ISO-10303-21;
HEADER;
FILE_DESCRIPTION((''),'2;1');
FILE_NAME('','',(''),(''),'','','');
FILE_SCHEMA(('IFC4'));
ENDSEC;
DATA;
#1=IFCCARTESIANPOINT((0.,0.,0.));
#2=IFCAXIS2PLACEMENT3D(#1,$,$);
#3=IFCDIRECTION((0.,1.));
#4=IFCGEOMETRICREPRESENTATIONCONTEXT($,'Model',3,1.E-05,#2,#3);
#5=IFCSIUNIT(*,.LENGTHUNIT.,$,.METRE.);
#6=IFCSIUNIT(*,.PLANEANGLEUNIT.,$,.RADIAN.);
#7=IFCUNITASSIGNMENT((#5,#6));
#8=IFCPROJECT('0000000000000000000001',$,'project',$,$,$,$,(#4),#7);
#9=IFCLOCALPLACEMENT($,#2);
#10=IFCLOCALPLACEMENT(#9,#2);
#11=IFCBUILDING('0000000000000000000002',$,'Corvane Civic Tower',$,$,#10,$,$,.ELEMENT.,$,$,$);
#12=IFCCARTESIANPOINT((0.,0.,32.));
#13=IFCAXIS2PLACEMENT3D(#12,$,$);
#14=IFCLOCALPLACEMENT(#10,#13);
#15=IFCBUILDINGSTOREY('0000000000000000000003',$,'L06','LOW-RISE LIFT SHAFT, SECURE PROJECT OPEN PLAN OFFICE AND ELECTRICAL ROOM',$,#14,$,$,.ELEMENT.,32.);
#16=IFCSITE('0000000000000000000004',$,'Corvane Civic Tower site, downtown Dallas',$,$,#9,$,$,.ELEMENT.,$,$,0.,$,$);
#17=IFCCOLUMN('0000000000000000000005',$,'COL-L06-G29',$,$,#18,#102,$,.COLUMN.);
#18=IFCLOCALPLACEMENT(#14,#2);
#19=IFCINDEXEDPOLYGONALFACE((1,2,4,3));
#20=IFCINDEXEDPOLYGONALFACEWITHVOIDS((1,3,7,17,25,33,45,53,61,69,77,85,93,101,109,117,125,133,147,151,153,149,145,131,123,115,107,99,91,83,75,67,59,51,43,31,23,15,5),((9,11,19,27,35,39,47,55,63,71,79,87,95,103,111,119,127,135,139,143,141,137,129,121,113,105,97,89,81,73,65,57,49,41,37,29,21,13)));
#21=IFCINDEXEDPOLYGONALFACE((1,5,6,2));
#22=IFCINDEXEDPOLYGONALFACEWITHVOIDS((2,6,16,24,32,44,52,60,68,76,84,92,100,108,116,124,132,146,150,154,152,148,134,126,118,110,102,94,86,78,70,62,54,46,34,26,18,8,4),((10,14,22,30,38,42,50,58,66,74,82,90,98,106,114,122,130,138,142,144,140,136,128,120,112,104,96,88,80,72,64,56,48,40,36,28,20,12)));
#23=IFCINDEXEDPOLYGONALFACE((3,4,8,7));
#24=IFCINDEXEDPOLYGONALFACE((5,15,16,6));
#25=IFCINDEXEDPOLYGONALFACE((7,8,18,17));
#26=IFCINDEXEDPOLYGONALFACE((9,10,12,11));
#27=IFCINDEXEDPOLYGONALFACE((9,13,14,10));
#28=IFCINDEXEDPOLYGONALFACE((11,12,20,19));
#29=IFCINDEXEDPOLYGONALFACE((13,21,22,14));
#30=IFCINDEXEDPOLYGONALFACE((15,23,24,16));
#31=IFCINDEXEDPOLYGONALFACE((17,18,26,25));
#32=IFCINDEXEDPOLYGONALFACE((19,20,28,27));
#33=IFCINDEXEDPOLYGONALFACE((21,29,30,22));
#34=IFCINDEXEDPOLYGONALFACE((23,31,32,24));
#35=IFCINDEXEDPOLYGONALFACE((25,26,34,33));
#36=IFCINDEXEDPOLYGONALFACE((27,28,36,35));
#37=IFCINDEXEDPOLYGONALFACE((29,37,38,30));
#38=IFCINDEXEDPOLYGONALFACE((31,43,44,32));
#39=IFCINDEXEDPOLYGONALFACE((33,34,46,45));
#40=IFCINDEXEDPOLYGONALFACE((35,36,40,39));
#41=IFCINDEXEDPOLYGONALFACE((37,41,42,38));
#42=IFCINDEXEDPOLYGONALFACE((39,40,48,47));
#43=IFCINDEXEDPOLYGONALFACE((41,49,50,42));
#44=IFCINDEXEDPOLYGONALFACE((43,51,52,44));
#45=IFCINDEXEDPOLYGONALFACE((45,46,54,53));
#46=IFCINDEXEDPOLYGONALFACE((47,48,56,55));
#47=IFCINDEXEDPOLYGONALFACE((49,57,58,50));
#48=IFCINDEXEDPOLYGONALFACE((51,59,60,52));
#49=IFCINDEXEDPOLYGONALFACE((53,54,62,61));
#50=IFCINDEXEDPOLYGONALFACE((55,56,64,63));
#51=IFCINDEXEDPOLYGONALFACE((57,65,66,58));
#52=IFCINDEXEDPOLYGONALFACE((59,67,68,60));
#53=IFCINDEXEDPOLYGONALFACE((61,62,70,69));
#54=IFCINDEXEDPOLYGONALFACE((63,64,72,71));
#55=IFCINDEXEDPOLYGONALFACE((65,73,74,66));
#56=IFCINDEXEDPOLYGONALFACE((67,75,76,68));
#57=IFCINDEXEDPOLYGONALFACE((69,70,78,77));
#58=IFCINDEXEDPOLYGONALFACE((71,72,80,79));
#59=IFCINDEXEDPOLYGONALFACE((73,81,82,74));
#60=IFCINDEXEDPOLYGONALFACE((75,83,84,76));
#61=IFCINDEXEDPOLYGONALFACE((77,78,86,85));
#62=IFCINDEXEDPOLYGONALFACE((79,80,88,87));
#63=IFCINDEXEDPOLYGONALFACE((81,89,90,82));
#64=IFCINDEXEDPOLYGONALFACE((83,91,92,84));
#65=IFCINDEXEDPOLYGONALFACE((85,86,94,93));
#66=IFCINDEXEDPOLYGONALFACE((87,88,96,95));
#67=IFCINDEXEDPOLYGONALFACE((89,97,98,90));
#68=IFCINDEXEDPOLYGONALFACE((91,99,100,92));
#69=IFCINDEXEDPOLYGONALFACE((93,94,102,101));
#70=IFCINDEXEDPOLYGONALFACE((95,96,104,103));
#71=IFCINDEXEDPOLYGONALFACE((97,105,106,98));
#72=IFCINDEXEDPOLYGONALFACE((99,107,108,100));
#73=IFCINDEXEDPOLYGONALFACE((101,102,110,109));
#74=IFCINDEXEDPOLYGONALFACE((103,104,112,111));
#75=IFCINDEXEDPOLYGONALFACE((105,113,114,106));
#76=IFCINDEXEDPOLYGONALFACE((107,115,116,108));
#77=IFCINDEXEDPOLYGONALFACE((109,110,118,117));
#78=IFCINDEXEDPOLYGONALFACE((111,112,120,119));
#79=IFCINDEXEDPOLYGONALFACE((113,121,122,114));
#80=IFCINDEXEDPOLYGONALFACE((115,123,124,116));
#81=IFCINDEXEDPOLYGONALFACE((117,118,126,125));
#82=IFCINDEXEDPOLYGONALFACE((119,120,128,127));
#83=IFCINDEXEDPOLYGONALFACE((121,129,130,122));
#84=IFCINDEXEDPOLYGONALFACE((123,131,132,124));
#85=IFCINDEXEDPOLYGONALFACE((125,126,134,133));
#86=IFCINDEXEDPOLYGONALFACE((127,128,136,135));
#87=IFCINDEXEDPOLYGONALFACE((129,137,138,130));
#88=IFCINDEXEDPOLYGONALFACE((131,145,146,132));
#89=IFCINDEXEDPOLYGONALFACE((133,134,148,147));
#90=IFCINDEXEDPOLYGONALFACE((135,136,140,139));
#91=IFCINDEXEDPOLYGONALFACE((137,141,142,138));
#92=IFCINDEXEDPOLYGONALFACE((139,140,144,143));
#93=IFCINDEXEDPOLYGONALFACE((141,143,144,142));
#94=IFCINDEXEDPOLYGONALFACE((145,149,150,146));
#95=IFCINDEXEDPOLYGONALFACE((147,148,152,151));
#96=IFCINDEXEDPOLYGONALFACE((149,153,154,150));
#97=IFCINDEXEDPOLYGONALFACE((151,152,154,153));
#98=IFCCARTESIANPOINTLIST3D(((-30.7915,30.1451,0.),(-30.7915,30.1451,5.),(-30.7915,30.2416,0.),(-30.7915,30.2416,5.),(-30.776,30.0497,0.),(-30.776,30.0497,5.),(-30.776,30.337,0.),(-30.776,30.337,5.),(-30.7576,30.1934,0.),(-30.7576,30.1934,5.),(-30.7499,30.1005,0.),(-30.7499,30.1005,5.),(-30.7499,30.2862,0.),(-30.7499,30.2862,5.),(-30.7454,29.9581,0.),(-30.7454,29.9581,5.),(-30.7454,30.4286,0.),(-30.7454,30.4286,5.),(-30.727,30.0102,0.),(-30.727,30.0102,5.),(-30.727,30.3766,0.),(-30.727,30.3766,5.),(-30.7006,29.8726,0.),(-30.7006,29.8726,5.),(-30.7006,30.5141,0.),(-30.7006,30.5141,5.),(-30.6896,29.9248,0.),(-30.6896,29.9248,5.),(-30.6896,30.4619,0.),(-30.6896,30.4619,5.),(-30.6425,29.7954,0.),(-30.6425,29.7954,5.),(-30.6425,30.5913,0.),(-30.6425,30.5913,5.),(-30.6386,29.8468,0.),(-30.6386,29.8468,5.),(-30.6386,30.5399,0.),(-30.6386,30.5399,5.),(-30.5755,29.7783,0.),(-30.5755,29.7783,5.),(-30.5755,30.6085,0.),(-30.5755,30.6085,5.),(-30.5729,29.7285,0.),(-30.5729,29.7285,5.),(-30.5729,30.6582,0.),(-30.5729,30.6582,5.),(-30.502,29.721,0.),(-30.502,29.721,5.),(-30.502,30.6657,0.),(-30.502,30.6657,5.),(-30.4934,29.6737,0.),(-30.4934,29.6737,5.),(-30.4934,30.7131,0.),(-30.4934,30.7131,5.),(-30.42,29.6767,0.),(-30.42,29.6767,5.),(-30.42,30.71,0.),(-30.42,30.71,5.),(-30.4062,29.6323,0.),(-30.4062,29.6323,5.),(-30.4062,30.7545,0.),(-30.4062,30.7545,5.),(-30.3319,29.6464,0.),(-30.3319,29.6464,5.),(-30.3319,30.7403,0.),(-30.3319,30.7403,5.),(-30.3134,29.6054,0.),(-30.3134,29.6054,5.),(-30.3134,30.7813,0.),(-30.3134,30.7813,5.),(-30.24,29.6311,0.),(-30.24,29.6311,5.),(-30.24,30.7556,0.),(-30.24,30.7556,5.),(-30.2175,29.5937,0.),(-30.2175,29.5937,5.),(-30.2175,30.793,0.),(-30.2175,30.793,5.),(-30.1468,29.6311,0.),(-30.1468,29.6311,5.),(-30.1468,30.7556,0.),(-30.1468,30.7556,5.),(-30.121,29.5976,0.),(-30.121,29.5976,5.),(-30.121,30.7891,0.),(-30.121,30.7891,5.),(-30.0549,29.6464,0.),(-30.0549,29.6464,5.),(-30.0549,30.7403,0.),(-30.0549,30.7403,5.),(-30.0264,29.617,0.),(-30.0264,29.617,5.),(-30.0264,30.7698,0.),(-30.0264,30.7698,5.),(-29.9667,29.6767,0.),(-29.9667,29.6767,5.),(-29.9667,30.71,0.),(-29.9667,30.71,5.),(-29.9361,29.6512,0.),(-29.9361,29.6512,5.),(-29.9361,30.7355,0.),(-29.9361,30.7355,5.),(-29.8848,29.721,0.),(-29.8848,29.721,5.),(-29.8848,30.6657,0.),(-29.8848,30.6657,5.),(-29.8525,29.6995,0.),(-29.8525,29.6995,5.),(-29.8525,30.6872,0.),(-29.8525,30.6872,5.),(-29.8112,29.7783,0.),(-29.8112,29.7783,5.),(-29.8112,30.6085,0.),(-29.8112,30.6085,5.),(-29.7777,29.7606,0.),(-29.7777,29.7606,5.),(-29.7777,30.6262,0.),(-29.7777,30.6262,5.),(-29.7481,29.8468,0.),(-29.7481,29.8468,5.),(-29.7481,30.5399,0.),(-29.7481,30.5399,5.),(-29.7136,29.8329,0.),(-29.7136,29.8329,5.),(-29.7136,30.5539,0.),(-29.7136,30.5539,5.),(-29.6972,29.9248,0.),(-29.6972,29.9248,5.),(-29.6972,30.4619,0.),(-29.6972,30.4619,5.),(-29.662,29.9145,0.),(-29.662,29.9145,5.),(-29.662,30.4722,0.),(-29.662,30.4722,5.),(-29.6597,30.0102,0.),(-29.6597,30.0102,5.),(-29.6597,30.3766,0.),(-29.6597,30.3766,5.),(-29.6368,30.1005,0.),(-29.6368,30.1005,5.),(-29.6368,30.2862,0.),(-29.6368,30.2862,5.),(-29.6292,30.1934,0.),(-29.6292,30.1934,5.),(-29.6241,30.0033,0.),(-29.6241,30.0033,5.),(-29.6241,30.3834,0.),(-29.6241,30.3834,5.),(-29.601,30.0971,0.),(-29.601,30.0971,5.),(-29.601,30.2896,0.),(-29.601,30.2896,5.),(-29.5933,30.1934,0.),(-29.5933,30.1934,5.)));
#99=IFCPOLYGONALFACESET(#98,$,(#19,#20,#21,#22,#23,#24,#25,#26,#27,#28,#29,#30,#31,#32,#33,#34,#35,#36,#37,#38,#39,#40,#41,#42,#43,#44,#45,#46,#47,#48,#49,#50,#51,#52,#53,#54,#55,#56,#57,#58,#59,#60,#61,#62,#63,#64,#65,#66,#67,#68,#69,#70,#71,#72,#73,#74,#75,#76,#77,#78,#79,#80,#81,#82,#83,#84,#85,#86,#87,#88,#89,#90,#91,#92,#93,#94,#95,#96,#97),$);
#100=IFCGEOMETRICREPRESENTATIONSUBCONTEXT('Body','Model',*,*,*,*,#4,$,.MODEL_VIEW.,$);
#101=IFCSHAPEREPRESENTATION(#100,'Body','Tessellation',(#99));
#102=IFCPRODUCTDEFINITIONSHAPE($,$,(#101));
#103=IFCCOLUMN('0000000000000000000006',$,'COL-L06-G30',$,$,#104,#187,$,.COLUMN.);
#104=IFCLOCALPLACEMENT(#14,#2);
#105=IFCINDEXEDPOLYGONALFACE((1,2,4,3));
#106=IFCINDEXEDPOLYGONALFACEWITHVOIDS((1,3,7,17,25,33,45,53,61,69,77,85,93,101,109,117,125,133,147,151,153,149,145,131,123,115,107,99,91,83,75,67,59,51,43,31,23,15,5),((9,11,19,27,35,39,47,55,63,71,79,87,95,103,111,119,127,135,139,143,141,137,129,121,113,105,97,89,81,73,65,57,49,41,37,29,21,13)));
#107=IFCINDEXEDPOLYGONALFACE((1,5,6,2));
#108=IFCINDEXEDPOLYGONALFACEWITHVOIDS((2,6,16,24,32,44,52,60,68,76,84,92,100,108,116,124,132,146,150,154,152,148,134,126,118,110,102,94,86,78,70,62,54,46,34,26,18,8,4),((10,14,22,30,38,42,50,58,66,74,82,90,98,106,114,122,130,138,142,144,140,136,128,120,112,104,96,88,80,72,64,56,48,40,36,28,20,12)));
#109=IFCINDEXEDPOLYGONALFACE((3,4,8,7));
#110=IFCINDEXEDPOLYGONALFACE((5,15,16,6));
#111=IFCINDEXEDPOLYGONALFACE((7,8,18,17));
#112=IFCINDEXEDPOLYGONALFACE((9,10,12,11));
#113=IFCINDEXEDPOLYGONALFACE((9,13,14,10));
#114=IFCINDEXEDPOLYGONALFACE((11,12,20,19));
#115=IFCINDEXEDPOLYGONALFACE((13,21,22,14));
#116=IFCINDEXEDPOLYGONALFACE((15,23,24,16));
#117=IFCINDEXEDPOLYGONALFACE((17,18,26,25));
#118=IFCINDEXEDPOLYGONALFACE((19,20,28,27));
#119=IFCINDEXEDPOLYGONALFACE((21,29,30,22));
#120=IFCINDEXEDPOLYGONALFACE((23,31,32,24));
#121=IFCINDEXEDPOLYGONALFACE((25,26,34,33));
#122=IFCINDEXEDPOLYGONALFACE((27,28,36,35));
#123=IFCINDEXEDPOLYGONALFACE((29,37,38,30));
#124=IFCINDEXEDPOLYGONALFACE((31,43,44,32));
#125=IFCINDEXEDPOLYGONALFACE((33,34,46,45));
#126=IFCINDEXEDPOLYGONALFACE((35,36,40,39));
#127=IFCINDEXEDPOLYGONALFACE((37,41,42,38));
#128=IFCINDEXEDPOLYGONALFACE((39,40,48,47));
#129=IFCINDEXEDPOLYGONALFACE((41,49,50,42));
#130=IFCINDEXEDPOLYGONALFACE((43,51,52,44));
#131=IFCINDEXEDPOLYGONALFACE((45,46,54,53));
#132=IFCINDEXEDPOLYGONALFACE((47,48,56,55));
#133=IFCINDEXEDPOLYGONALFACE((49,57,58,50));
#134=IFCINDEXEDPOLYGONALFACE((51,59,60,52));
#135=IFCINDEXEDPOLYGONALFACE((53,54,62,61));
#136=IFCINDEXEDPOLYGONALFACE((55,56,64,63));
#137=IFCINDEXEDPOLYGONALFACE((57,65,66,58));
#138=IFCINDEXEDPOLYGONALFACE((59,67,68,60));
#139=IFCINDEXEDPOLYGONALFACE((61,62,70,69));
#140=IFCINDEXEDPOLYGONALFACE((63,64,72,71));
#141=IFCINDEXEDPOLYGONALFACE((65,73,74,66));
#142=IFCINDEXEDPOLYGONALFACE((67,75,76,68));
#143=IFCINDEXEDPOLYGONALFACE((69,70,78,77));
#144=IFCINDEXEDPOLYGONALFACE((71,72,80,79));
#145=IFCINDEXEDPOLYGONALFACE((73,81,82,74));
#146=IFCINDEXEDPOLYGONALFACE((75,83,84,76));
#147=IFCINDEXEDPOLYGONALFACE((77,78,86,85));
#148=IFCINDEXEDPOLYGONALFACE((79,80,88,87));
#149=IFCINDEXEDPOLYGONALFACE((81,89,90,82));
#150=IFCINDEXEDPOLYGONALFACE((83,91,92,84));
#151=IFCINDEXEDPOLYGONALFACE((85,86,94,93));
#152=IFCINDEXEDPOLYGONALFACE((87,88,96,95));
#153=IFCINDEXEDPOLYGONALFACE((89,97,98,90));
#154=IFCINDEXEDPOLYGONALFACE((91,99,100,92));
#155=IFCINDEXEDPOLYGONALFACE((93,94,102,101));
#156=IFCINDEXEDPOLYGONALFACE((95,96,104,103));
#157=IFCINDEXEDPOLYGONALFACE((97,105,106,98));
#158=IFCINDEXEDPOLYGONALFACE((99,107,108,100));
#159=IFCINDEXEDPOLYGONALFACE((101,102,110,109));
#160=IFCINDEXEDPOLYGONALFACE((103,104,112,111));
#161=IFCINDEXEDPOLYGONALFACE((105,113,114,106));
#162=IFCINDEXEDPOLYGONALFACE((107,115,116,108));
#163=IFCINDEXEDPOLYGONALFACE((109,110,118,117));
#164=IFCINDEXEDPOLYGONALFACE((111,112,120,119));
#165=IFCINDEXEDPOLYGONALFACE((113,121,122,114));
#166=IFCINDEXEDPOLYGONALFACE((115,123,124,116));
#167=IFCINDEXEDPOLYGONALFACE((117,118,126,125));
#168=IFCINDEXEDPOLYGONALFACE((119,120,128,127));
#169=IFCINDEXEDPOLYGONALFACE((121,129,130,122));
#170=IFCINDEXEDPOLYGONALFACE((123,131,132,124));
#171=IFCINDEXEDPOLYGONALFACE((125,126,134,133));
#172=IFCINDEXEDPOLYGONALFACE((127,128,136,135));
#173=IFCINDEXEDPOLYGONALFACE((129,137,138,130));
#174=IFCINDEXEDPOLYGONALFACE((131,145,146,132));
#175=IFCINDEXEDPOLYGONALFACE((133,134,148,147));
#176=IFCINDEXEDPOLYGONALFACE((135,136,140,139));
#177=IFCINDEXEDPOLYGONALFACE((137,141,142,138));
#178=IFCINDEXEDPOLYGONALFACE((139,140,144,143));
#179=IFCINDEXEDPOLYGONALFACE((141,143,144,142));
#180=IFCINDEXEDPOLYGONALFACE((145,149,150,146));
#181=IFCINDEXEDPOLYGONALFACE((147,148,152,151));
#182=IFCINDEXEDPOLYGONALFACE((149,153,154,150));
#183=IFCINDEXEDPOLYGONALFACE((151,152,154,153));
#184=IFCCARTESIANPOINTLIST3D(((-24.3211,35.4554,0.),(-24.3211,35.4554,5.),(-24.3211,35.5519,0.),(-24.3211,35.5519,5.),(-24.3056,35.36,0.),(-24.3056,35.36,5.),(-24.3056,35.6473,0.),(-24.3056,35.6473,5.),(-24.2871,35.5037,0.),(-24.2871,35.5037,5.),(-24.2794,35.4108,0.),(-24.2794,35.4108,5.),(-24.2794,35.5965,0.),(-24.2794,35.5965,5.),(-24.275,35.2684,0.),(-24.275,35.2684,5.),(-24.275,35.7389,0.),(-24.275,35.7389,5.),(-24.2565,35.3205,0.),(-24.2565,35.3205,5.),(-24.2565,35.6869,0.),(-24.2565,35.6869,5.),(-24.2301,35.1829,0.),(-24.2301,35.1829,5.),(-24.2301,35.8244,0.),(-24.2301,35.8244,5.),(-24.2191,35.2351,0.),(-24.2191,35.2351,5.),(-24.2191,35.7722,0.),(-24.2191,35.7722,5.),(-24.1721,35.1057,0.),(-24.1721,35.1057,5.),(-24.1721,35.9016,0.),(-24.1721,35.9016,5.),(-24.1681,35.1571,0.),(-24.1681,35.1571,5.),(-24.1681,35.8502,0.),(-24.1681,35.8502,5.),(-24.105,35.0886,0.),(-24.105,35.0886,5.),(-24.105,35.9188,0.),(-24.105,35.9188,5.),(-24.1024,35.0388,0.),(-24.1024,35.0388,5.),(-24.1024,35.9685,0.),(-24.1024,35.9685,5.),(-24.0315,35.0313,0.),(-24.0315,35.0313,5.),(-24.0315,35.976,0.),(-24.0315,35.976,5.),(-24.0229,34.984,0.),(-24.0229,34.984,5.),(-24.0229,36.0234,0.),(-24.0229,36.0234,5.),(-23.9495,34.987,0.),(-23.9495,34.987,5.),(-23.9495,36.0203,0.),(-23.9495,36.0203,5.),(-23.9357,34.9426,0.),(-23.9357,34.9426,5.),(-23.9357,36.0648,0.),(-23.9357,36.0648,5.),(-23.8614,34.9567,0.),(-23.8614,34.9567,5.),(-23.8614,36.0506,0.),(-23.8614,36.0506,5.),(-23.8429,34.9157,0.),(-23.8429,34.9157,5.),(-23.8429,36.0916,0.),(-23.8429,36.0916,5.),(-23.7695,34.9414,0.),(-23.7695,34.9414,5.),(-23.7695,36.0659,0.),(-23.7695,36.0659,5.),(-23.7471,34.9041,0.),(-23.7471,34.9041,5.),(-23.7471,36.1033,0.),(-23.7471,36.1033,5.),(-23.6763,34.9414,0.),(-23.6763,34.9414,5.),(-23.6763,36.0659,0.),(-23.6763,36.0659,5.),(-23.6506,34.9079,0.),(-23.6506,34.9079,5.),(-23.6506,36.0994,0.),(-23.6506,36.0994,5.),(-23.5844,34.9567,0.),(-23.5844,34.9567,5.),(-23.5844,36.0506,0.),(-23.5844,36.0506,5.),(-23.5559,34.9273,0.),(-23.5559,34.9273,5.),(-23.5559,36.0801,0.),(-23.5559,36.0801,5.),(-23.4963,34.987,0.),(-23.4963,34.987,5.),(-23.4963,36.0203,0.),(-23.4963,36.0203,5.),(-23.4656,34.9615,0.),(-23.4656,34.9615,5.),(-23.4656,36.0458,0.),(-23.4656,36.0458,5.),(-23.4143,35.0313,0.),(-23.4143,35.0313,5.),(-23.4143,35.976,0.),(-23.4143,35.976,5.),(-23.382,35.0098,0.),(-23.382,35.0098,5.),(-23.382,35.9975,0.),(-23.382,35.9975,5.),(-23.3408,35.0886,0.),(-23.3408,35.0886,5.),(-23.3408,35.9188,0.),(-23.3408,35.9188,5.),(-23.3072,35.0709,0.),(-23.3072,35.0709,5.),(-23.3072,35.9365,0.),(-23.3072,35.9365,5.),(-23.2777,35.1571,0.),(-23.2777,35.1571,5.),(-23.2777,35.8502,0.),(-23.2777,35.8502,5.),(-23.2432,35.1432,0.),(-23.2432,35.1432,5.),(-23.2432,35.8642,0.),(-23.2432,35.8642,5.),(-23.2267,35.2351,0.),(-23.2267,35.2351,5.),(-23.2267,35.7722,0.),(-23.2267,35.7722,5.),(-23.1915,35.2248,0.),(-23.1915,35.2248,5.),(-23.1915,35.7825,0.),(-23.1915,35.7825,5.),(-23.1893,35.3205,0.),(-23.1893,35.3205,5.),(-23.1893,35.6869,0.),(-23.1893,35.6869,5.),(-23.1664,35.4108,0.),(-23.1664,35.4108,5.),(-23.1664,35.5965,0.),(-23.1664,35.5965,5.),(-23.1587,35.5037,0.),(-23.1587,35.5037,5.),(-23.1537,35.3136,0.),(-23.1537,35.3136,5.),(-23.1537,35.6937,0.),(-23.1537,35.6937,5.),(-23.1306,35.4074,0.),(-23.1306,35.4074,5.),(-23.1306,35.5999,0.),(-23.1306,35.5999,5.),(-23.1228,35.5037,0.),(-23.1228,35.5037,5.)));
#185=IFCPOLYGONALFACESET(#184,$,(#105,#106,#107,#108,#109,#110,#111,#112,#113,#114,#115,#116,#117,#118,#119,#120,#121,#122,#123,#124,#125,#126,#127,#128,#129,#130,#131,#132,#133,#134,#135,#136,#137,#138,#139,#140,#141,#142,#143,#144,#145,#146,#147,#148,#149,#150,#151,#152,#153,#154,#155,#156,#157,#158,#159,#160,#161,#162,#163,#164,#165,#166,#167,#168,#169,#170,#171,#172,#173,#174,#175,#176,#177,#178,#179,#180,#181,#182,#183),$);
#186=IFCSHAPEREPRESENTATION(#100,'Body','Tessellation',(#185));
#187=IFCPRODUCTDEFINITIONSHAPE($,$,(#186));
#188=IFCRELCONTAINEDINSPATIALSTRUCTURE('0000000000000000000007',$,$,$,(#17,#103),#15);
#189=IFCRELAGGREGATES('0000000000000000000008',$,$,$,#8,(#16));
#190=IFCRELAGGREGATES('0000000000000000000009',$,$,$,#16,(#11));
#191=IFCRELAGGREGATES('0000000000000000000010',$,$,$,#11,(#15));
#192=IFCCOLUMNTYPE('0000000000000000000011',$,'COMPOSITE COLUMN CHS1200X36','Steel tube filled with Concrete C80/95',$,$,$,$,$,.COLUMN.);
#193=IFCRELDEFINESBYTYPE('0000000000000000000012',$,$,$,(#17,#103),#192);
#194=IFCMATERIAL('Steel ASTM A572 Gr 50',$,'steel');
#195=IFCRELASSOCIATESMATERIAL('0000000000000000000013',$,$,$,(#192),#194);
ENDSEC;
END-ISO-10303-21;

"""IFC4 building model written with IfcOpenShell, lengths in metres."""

from ifc_helpers import new_model, si_unit, direction, frame, origin, origin_2d, place, context, subcontext, project, spatial, hollow_circle, extrude, material, material_profile, profile_set, type_object, element, save


model = new_model("IFC4")

# Units and contexts
model_context = context("Model", 3, precision=1e-05, world=origin(), true_north=direction((0.0, 1.0)))
body_context = subcontext(model_context, "Body", "Model", "MODEL_VIEW")
ifc_project = project(units=[si_unit("LENGTHUNIT", "METRE"), si_unit("PLANEANGLEUNIT", "RADIAN")], contexts=[model_context])

# Site, building, storey
site_placement = place(None, origin())
site = spatial("IfcSite", under=ifc_project, at=site_placement, Name="Corvane Civic Tower site, downtown Dallas", CompositionType="ELEMENT", RefElevation=0.0)
building_placement = place(site_placement, origin())
building = spatial("IfcBuilding", under=site, at=building_placement, Name="Corvane Civic Tower", CompositionType="ELEMENT")
storey_placement = place(building_placement, frame((0.0, 0.0, 32.0)))
storey = spatial("IfcBuildingStorey", under=building, at=storey_placement, Name="L06", Description="LOW-RISE LIFT SHAFT, SECURE PROJECT OPEN PLAN OFFICE AND ELECTRICAL ROOM", CompositionType="ELEMENT", Elevation=32.0)

# Columns
ifc_material_1 = material(Name="Steel ASTM A572 Gr 50", Category="steel")
ifc_material_profile_1 = material_profile(ifc_material_1, hollow_circle(Radius=0.6001, WallThickness=0.0359, at=origin_2d()), Name="CHS1200X36")
ifc_profile_set_1 = profile_set([ifc_material_profile_1], Name="Steel ASTM A572 Gr 50")
column_type = type_object("IfcColumnType", Name="COMPOSITE COLUMN CHS1200X36", Description="Steel tube filled with Concrete C80/95", PredefinedType="COLUMN", material=ifc_profile_set_1)
for number, where, z_axis, x_axis, name in (
    (1, (-30.1934, 30.1934, 0.0), (0.0, 0.0, 1.0), (1.0, 0.0, 0.0), "COL-L06-G29"),
    (2, (-23.7229, 35.5037, 0.0), (0.0, 0.0, 1.0), (1.0, 0.0, 0.0), "COL-L06-G30"),
):
    element("IfcColumn", number, at=place(storey_placement, frame(where, z_axis=z_axis, x_axis=x_axis)), inside=storey, type_object=column_type, Name=name, PredefinedType="COLUMN", context=body_context, shape_type="SweptSolid", body=[
        extrude(hollow_circle(Radius=0.6001, WallThickness=0.0359, at=origin_2d()), origin(), (0.0, 0.0, 1.0), 5.0),
    ])

save(model, "model.ifc")
